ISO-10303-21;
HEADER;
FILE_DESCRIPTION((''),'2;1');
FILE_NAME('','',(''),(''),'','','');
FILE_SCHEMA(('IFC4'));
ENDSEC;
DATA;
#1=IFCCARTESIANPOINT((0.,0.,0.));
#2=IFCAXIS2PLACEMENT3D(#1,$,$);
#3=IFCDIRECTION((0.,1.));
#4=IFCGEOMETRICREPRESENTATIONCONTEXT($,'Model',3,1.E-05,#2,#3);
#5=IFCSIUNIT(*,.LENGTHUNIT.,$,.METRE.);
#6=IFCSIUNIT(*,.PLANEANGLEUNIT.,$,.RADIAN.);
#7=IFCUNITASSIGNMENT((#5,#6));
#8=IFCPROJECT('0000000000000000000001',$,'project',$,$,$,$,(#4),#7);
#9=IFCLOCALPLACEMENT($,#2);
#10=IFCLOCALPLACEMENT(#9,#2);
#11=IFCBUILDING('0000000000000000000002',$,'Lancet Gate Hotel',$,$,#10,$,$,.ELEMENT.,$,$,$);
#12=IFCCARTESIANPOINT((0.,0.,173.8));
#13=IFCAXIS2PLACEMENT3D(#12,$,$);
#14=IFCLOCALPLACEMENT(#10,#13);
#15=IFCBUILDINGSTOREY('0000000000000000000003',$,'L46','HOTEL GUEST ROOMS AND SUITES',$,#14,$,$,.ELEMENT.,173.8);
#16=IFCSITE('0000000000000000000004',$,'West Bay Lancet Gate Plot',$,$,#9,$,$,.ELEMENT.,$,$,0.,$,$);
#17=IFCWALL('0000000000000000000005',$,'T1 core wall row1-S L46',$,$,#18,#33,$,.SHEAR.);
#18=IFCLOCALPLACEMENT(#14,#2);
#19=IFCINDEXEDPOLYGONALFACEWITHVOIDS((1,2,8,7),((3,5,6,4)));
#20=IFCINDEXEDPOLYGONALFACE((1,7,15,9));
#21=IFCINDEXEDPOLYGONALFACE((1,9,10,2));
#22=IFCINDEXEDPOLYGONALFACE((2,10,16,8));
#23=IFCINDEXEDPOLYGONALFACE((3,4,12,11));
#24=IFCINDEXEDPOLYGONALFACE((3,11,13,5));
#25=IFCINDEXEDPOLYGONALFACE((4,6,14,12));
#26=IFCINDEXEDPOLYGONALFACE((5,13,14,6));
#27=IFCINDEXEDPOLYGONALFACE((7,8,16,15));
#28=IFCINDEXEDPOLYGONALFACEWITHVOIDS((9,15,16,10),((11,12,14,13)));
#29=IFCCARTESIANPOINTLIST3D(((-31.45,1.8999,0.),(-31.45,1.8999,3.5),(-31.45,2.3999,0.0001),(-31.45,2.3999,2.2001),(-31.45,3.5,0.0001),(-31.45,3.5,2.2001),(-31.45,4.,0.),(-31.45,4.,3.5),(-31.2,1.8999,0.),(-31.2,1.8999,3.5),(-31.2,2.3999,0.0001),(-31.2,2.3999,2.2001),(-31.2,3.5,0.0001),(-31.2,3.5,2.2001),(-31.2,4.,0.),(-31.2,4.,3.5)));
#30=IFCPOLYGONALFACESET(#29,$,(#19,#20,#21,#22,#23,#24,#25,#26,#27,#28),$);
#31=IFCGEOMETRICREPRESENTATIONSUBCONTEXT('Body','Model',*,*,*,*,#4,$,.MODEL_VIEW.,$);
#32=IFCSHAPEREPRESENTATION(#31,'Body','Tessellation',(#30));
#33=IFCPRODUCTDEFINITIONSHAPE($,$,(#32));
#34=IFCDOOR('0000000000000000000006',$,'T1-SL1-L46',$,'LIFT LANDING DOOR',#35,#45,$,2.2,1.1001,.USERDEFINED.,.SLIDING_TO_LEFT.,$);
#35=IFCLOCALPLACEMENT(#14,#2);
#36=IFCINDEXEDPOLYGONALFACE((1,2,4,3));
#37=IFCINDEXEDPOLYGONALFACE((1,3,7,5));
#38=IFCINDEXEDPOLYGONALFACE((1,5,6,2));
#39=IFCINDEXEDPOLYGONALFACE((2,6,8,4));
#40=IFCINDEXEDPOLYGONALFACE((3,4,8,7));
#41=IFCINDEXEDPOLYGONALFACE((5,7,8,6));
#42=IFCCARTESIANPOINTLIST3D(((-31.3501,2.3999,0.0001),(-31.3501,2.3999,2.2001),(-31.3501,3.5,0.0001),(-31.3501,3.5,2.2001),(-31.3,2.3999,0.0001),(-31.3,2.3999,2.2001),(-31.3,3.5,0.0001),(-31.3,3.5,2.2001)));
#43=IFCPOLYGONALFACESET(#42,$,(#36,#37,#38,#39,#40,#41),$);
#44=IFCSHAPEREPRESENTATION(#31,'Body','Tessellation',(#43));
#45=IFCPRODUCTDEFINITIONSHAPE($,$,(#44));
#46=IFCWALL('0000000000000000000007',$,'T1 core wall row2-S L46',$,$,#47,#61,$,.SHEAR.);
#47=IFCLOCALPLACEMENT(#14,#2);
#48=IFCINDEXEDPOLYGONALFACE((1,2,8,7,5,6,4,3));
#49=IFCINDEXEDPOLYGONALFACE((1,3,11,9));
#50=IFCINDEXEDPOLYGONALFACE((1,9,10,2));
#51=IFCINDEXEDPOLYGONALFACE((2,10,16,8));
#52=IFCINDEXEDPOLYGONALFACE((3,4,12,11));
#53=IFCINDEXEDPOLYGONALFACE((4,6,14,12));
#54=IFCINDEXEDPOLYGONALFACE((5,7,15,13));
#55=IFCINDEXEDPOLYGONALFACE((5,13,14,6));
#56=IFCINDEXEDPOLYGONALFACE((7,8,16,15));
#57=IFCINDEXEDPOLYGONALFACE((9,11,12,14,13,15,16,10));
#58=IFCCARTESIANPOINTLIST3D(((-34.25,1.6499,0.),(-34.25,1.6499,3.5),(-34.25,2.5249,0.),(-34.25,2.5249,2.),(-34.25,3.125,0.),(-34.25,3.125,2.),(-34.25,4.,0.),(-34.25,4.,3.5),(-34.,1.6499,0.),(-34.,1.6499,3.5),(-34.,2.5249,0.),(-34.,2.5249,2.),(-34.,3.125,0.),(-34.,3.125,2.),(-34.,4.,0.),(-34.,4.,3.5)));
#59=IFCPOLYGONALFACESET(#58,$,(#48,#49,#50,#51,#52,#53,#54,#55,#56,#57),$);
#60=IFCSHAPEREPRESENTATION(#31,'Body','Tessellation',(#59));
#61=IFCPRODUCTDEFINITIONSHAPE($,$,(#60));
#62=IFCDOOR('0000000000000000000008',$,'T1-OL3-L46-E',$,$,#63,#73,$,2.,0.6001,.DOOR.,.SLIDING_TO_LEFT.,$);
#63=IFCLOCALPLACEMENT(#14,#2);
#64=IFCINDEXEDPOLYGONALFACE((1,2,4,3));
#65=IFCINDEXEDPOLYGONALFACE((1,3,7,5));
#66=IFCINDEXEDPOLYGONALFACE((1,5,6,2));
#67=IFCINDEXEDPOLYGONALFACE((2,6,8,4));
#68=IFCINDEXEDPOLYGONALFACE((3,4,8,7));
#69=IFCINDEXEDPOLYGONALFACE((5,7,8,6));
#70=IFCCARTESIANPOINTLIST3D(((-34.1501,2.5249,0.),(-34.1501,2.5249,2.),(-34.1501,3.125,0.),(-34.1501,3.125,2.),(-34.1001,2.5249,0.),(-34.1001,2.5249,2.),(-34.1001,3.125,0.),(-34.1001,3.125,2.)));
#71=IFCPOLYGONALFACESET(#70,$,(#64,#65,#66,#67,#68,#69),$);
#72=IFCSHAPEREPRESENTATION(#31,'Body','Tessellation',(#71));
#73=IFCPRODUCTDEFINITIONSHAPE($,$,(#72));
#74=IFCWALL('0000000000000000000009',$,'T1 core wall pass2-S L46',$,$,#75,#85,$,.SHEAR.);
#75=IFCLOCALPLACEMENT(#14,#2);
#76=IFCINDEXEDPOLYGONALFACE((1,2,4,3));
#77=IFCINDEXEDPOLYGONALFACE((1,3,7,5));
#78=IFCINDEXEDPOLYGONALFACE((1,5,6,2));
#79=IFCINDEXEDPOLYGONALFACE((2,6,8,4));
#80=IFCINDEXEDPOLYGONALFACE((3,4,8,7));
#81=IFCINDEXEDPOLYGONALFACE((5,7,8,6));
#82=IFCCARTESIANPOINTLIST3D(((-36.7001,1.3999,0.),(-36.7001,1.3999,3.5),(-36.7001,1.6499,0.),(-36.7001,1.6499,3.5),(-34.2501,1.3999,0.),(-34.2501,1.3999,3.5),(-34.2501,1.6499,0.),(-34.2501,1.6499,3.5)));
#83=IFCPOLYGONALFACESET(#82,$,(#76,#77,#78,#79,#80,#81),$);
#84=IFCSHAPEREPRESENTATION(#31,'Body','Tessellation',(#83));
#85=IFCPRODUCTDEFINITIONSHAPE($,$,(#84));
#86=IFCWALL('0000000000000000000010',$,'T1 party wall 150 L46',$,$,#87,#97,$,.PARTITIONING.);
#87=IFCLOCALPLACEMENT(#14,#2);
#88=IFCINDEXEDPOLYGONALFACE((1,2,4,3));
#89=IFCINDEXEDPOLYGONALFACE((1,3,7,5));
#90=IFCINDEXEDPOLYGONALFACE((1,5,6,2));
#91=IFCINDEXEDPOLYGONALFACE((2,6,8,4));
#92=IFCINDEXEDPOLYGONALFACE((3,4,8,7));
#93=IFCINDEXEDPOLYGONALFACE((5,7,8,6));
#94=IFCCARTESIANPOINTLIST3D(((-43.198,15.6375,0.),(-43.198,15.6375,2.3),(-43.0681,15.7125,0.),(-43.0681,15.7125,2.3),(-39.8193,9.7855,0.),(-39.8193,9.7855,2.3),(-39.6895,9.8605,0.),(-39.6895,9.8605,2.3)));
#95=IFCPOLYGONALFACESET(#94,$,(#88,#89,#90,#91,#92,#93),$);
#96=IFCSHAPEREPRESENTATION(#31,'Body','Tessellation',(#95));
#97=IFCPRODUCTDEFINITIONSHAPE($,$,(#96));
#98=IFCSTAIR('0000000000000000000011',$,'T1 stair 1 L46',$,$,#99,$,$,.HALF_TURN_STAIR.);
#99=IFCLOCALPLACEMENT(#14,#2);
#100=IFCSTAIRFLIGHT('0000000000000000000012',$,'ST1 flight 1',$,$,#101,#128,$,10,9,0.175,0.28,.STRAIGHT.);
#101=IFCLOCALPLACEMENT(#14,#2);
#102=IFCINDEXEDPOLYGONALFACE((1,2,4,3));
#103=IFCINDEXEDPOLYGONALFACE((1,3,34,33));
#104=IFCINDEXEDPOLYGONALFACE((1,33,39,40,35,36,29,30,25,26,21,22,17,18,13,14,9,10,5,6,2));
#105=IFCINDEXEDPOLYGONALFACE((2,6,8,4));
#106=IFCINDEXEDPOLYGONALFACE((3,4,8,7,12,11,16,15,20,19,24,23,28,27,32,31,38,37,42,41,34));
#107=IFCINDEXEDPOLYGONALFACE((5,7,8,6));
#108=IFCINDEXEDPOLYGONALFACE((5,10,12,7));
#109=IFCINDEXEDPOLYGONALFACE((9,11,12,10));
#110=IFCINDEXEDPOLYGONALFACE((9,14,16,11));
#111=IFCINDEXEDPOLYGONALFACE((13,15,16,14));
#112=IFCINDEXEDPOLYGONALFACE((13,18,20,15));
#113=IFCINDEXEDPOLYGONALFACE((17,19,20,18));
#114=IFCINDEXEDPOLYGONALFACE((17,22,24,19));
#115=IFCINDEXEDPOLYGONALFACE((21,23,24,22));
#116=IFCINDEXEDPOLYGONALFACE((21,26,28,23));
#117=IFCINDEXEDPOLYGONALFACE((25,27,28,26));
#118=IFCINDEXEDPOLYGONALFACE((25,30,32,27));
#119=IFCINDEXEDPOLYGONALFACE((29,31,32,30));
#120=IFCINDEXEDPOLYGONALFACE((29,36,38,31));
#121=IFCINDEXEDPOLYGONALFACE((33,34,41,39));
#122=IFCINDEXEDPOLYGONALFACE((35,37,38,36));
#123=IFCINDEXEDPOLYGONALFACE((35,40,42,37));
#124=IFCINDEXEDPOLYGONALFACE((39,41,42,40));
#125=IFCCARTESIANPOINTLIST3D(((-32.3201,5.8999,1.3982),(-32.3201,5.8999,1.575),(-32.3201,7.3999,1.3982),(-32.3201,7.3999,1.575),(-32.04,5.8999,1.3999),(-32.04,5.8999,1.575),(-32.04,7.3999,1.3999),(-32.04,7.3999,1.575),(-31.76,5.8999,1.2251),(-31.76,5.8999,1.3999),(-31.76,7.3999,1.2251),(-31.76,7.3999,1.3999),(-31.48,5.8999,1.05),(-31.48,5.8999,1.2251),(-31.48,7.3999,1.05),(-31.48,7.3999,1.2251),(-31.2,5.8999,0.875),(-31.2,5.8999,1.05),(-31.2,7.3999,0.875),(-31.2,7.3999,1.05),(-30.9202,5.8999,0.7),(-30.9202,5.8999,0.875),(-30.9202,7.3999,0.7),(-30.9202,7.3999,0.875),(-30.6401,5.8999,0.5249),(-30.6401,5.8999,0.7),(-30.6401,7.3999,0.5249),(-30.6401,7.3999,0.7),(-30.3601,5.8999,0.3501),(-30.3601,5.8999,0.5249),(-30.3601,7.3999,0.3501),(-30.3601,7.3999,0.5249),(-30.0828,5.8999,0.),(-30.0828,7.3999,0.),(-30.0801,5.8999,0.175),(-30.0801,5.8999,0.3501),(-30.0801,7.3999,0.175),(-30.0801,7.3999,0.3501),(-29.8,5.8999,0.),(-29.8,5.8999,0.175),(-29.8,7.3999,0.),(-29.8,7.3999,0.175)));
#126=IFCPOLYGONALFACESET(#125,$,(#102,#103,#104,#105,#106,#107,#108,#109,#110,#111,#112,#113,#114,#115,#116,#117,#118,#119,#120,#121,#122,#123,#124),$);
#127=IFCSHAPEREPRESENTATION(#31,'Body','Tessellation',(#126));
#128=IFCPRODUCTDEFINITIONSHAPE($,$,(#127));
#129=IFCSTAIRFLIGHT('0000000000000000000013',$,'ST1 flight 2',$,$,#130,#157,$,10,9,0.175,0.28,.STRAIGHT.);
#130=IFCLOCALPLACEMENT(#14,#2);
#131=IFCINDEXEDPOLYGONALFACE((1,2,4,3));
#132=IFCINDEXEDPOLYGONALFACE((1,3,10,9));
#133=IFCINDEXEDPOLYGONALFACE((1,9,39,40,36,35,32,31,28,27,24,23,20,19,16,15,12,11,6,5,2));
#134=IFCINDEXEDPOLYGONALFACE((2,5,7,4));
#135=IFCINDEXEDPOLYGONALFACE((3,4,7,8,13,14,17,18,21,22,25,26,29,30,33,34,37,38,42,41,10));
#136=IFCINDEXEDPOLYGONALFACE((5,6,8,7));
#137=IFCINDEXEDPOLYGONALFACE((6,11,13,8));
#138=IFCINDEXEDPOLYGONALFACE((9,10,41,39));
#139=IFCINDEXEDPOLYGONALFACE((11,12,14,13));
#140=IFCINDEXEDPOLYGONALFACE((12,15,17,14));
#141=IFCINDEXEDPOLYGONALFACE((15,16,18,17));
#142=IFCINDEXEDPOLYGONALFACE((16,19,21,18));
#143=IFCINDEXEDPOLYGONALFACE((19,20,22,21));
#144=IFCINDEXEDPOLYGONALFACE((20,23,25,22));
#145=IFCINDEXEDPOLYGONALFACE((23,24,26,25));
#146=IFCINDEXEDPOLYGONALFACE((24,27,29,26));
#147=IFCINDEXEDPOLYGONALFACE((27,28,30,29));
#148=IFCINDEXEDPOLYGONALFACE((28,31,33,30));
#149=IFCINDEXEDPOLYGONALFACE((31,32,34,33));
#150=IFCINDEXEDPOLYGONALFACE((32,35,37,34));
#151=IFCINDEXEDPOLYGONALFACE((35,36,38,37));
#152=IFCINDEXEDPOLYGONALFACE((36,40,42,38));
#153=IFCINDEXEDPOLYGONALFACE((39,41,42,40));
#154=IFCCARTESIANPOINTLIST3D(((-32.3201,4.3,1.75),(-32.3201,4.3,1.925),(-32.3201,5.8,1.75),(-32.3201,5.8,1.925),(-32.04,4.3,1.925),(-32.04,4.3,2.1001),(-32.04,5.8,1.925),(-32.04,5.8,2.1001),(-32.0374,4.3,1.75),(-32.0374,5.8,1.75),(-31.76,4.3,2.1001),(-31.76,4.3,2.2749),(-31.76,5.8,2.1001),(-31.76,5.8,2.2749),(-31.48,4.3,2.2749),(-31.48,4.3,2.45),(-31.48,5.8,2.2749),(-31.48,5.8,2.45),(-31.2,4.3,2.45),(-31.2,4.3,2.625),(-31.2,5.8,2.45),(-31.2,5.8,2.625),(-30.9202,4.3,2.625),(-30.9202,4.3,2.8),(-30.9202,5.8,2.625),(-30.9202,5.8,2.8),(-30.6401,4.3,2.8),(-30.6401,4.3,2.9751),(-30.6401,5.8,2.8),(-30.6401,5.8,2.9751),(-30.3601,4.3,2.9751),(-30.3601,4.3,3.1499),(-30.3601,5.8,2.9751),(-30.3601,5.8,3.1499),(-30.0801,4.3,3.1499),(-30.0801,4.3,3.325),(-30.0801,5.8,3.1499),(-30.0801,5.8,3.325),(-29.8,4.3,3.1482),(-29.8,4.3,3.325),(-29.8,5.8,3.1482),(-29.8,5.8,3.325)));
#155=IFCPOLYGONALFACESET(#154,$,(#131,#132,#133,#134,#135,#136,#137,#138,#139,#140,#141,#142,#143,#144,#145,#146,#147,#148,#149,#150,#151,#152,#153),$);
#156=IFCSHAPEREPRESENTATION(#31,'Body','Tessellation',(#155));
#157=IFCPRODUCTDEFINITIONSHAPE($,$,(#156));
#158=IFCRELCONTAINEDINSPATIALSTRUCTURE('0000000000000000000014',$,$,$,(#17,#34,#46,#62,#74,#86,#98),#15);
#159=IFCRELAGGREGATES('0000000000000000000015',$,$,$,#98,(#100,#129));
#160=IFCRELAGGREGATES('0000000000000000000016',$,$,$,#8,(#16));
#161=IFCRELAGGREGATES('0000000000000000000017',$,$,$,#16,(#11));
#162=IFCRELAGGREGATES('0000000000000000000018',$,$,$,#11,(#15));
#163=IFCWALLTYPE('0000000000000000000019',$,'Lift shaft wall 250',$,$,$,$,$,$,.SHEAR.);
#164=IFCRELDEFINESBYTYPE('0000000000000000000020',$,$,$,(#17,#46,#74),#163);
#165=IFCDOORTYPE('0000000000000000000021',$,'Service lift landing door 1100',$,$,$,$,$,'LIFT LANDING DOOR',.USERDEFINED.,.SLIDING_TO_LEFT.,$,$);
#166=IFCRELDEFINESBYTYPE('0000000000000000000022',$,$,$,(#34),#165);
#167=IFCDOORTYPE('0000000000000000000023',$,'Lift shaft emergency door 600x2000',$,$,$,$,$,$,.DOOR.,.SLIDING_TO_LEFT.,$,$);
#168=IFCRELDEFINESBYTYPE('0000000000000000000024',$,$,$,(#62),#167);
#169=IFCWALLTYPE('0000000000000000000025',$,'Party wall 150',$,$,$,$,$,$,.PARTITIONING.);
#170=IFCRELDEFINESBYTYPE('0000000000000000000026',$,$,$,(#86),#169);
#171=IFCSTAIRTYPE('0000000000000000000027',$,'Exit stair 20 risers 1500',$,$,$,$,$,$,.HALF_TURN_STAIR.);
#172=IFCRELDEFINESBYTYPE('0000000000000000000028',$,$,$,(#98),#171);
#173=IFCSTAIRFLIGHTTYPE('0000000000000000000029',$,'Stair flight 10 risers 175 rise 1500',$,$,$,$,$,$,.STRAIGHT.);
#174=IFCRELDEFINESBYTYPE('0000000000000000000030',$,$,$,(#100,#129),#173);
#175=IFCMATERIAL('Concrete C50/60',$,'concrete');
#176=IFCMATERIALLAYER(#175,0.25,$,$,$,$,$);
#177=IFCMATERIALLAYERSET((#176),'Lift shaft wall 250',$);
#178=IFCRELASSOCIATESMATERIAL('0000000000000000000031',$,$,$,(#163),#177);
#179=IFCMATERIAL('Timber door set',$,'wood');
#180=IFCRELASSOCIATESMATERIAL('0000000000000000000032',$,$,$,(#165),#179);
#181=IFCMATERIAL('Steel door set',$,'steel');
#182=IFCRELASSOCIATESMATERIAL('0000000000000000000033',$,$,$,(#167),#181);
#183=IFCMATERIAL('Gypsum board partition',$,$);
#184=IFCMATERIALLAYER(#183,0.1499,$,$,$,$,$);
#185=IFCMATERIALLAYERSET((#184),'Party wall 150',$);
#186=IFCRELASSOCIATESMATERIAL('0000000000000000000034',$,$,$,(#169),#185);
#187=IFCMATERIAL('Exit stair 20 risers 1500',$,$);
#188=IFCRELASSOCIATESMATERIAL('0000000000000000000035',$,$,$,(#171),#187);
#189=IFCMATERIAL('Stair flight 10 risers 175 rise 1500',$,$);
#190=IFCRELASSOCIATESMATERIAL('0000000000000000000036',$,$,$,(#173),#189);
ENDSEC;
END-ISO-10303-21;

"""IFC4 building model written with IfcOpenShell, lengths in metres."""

from ifc_helpers import new_model, si_unit, direction, frame, frame_2d, origin, place, context, subcontext, project, spatial, polyline, rectangle, outline, extrude, material, layer, layer_set, type_object, element, fill, aggregate, save


model = new_model("IFC4")

# Units and contexts
model_context = context("Model", 3, precision=1e-05, world=origin(), true_north=direction((0.0, 1.0)))
body_context = subcontext(model_context, "Body", "Model", "MODEL_VIEW")
ifc_project = project(units=[si_unit("LENGTHUNIT", "METRE"), si_unit("PLANEANGLEUNIT", "RADIAN")], contexts=[model_context])

# Site, building, storey
site_placement = place(None, origin())
site = spatial("IfcSite", under=ifc_project, at=site_placement, Name="West Bay Lancet Gate Plot", CompositionType="ELEMENT", RefElevation=0.0)
building_placement = place(site_placement, origin())
building = spatial("IfcBuilding", under=site, at=building_placement, Name="Lancet Gate Hotel", CompositionType="ELEMENT")
storey_placement = place(building_placement, frame((0.0, 0.0, 173.8)))
storey = spatial("IfcBuildingStorey", under=building, at=storey_placement, Name="L46", Description="HOTEL GUEST ROOMS AND SUITES", CompositionType="ELEMENT", Elevation=173.8)

# Walls, openings, doors
ifc_material_1 = material(Name="Concrete C50/60", Category="concrete")
ifc_layer_1 = layer(ifc_material_1, 0.25)
ifc_layer_set_1 = layer_set([ifc_layer_1], Name="Lift shaft wall 250")
wall_type_1 = type_object("IfcWallType", Name="Lift shaft wall 250", PredefinedType="SHEAR", material=ifc_layer_set_1)
wall_1_placement = place(storey_placement, frame((-31.325, 4.0, 0.0), z_axis=(0.0, 0.0, 1.0), x_axis=(0.0, -1.0, 0.0)))
wall_1 = element("IfcWall", 1, at=wall_1_placement, inside=storey, type_object=wall_type_1, Name="T1 core wall row1-S L46", PredefinedType="SHEAR", context=body_context, shape_type="SweptSolid", body=[
    extrude(rectangle(XDim=2.1001, YDim=0.25, at=frame_2d((1.05, 0.0))), origin(), (0.0, 0.0, 1.0), 3.5),
])
opening_1_placement = place(wall_1_placement, frame((0.5, 0.0, 0.0)))
opening_1 = element("IfcOpeningElement", 2, at=opening_1_placement, cuts=wall_1, PredefinedType="OPENING", context=body_context, shape_type="SweptSolid", body=[
    extrude(rectangle(XDim=1.1001, YDim=2.2, at=frame_2d((0.55, 1.1001))), frame((0.0, 0.135, 0.0), z_axis=(0.0, -1.0, 0.0), x_axis=(1.0, 0.0, 0.0)), (0.0, 0.0, 1.0), 0.27),
])
ifc_material_2 = material(Name="Timber door set", Category="wood")
door_type_1 = type_object("IfcDoorType", Name="Service lift landing door 1100", ElementType="LIFT LANDING DOOR", OperationType="SLIDING_TO_LEFT", PredefinedType="USERDEFINED", material=ifc_material_2)
door_1_placement = place(opening_1_placement, origin())
door_1 = element("IfcDoor", 3, at=door_1_placement, inside=storey, type_object=door_type_1, Name="T1-SL1-L46", ObjectType="LIFT LANDING DOOR", OperationType="SLIDING_TO_LEFT", OverallHeight=2.2, OverallWidth=1.1001, PredefinedType="USERDEFINED", context=body_context, shape_type="SweptSolid", body=[
    extrude(rectangle(XDim=1.1001, YDim=2.2, at=frame_2d((0.55, 1.1001))), frame((0.0, 0.0249, 0.0), z_axis=(0.0, -1.0, 0.0), x_axis=(1.0, 0.0, 0.0)), (0.0, 0.0, 1.0), 0.05),
])
fill(opening_1, door_1)
wall_2_placement = place(storey_placement, frame((-34.125, 4.0, 0.0), z_axis=(0.0, 0.0, 1.0), x_axis=(0.0, -1.0, 0.0)))
wall_2 = element("IfcWall", 4, at=wall_2_placement, inside=storey, type_object=wall_type_1, Name="T1 core wall row2-S L46", PredefinedType="SHEAR", context=body_context, shape_type="SweptSolid", body=[
    extrude(rectangle(XDim=2.3501, YDim=0.25, at=frame_2d((1.175, 0.0))), origin(), (0.0, 0.0, 1.0), 3.5),
])
opening_2_placement = place(wall_2_placement, frame((0.875, 0.0, 0.0)))
opening_2 = element("IfcOpeningElement", 5, at=opening_2_placement, cuts=wall_2, PredefinedType="OPENING", context=body_context, shape_type="SweptSolid", body=[
    extrude(rectangle(XDim=0.6001, YDim=2.0, at=frame_2d((0.3, 1.0))), frame((0.0, 0.135, 0.0), z_axis=(0.0, -1.0, 0.0), x_axis=(1.0, 0.0, 0.0)), (0.0, 0.0, 1.0), 0.27),
])
ifc_material_3 = material(Name="Steel door set", Category="steel")
door_type_2 = type_object("IfcDoorType", Name="Lift shaft emergency door 600x2000", OperationType="SLIDING_TO_LEFT", PredefinedType="DOOR", material=ifc_material_3)
door_2_placement = place(opening_2_placement, origin())
door_2 = element("IfcDoor", 6, at=door_2_placement, inside=storey, type_object=door_type_2, Name="T1-OL3-L46-E", OperationType="SLIDING_TO_LEFT", OverallHeight=2.0, OverallWidth=0.6001, PredefinedType="DOOR", context=body_context, shape_type="SweptSolid", body=[
    extrude(rectangle(XDim=0.6001, YDim=2.0, at=frame_2d((0.3, 1.0))), frame((0.0, 0.0249, 0.0), z_axis=(0.0, -1.0, 0.0), x_axis=(1.0, 0.0, 0.0)), (0.0, 0.0, 1.0), 0.05),
])
fill(opening_2, door_2)

# Walls
wall_3_placement = place(storey_placement, frame((-34.25, 1.5249, 0.0), z_axis=(0.0, 0.0, 1.0), x_axis=(-1.0, 0.0, 0.0)))
element("IfcWall", 7, at=wall_3_placement, inside=storey, type_object=wall_type_1, Name="T1 core wall pass2-S L46", PredefinedType="SHEAR", context=body_context, shape_type="SweptSolid", body=[
    extrude(rectangle(XDim=2.45, YDim=0.25, at=frame_2d((1.2251, 0.0))), origin(), (0.0, 0.0, 1.0), 3.5),
])
ifc_material_4 = material(Name="Gypsum board partition")
ifc_layer_2 = layer(ifc_material_4, 0.1499)
ifc_layer_set_2 = layer_set([ifc_layer_2], Name="Party wall 150")
wall_type_2 = type_object("IfcWallType", Name="Party wall 150", PredefinedType="PARTITIONING", material=ifc_layer_set_2)
wall_4_placement = place(storey_placement, frame((-39.7544, 9.823, 0.0), z_axis=(0.0, 0.0, 1.0), x_axis=(-0.499998, 0.866027, 0.0)))
element("IfcWall", 8, at=wall_4_placement, inside=storey, type_object=wall_type_2, Name="T1 party wall 150 L46", PredefinedType="PARTITIONING", context=body_context, shape_type="SweptSolid", body=[
    extrude(rectangle(XDim=6.7573, YDim=0.1499, at=frame_2d((3.3787, 0.0))), origin(), (0.0, 0.0, 1.0), 2.3),
])

# Stair, stair flights
ifc_material_5 = material(Name="Exit stair 20 risers 1500")
stair_type = type_object("IfcStairType", Name="Exit stair 20 risers 1500", PredefinedType="HALF_TURN_STAIR", material=ifc_material_5)
stair_placement = place(storey_placement, origin())
stair = element("IfcStair", 9, at=stair_placement, inside=storey, type_object=stair_type, Name="T1 stair 1 L46", PredefinedType="HALF_TURN_STAIR")
ifc_material_6 = material(Name="Stair flight 10 risers 175 rise 1500")
stair_flight_type = type_object("IfcStairFlightType", Name="Stair flight 10 risers 175 rise 1500", PredefinedType="STRAIGHT", material=ifc_material_6)
stair_flight_1_placement = place(storey_placement, frame((-29.8, 6.6499, 0.0), z_axis=(0.0, 0.0, 1.0), x_axis=(-1.0, 0.0, 0.0)))
stair_flight_1 = element("IfcStairFlight", 10, at=stair_flight_1_placement, type_object=stair_flight_type, Name="ST1 flight 1", NumberOfRisers=10, NumberOfTreads=9, PredefinedType="STRAIGHT", RiserHeight=0.175, TreadLength=0.28, context=body_context, shape_type="SweptSolid", body=[
    extrude(outline(polyline([(0.0, 0.0), (0.0, 0.175), (0.28, 0.175), (0.28, 0.3501), (0.5601, 0.3501), (0.5601, 0.5249), (0.8401, 0.5249), (0.8401, 0.7), (1.1201, 0.7), (1.1201, 0.875), (1.3999, 0.875), (1.3999, 1.05), (1.6799, 1.05), (1.6799, 1.2251), (1.96, 1.2251), (1.96, 1.3999), (2.24, 1.3999), (2.24, 1.575), (2.52, 1.575), (2.52, 1.75), (2.52, 1.3982), (0.2827, 0.0), (0.0, 0.0)])), frame((0.0, 0.75, 0.0), z_axis=(0.0, -1.0, 0.0), x_axis=(1.0, 0.0, 0.0)), (0.0, 0.0, 1.0), 1.5),
])
stair_flight_2_placement = place(storey_placement, frame((-32.3201, 5.05, 1.75), z_axis=(0.0, 0.0, 1.0), x_axis=(1.0, 0.0, 0.0)))
stair_flight_2 = element("IfcStairFlight", 11, at=stair_flight_2_placement, type_object=stair_flight_type, Name="ST1 flight 2", NumberOfRisers=10, NumberOfTreads=9, PredefinedType="STRAIGHT", RiserHeight=0.175, TreadLength=0.28, context=body_context, shape_type="SweptSolid", body=[
    extrude(outline(polyline([(0.0, 0.0), (0.0, 0.175), (0.28, 0.175), (0.28, 0.3501), (0.5601, 0.3501), (0.5601, 0.5249), (0.8401, 0.5249), (0.8401, 0.7), (1.1201, 0.7), (1.1201, 0.875), (1.3999, 0.875), (1.3999, 1.05), (1.6799, 1.05), (1.6799, 1.2251), (1.96, 1.2251), (1.96, 1.3999), (2.24, 1.3999), (2.24, 1.575), (2.52, 1.575), (2.52, 1.75), (2.52, 1.3982), (0.2827, 0.0), (0.0, 0.0)])), frame((0.0, 0.75, 0.0), z_axis=(0.0, -1.0, 0.0), x_axis=(1.0, 0.0, 0.0)), (0.0, 0.0, 1.0), 1.5),
])
aggregate(stair, [stair_flight_1, stair_flight_2])

save(model, "model.ifc")
